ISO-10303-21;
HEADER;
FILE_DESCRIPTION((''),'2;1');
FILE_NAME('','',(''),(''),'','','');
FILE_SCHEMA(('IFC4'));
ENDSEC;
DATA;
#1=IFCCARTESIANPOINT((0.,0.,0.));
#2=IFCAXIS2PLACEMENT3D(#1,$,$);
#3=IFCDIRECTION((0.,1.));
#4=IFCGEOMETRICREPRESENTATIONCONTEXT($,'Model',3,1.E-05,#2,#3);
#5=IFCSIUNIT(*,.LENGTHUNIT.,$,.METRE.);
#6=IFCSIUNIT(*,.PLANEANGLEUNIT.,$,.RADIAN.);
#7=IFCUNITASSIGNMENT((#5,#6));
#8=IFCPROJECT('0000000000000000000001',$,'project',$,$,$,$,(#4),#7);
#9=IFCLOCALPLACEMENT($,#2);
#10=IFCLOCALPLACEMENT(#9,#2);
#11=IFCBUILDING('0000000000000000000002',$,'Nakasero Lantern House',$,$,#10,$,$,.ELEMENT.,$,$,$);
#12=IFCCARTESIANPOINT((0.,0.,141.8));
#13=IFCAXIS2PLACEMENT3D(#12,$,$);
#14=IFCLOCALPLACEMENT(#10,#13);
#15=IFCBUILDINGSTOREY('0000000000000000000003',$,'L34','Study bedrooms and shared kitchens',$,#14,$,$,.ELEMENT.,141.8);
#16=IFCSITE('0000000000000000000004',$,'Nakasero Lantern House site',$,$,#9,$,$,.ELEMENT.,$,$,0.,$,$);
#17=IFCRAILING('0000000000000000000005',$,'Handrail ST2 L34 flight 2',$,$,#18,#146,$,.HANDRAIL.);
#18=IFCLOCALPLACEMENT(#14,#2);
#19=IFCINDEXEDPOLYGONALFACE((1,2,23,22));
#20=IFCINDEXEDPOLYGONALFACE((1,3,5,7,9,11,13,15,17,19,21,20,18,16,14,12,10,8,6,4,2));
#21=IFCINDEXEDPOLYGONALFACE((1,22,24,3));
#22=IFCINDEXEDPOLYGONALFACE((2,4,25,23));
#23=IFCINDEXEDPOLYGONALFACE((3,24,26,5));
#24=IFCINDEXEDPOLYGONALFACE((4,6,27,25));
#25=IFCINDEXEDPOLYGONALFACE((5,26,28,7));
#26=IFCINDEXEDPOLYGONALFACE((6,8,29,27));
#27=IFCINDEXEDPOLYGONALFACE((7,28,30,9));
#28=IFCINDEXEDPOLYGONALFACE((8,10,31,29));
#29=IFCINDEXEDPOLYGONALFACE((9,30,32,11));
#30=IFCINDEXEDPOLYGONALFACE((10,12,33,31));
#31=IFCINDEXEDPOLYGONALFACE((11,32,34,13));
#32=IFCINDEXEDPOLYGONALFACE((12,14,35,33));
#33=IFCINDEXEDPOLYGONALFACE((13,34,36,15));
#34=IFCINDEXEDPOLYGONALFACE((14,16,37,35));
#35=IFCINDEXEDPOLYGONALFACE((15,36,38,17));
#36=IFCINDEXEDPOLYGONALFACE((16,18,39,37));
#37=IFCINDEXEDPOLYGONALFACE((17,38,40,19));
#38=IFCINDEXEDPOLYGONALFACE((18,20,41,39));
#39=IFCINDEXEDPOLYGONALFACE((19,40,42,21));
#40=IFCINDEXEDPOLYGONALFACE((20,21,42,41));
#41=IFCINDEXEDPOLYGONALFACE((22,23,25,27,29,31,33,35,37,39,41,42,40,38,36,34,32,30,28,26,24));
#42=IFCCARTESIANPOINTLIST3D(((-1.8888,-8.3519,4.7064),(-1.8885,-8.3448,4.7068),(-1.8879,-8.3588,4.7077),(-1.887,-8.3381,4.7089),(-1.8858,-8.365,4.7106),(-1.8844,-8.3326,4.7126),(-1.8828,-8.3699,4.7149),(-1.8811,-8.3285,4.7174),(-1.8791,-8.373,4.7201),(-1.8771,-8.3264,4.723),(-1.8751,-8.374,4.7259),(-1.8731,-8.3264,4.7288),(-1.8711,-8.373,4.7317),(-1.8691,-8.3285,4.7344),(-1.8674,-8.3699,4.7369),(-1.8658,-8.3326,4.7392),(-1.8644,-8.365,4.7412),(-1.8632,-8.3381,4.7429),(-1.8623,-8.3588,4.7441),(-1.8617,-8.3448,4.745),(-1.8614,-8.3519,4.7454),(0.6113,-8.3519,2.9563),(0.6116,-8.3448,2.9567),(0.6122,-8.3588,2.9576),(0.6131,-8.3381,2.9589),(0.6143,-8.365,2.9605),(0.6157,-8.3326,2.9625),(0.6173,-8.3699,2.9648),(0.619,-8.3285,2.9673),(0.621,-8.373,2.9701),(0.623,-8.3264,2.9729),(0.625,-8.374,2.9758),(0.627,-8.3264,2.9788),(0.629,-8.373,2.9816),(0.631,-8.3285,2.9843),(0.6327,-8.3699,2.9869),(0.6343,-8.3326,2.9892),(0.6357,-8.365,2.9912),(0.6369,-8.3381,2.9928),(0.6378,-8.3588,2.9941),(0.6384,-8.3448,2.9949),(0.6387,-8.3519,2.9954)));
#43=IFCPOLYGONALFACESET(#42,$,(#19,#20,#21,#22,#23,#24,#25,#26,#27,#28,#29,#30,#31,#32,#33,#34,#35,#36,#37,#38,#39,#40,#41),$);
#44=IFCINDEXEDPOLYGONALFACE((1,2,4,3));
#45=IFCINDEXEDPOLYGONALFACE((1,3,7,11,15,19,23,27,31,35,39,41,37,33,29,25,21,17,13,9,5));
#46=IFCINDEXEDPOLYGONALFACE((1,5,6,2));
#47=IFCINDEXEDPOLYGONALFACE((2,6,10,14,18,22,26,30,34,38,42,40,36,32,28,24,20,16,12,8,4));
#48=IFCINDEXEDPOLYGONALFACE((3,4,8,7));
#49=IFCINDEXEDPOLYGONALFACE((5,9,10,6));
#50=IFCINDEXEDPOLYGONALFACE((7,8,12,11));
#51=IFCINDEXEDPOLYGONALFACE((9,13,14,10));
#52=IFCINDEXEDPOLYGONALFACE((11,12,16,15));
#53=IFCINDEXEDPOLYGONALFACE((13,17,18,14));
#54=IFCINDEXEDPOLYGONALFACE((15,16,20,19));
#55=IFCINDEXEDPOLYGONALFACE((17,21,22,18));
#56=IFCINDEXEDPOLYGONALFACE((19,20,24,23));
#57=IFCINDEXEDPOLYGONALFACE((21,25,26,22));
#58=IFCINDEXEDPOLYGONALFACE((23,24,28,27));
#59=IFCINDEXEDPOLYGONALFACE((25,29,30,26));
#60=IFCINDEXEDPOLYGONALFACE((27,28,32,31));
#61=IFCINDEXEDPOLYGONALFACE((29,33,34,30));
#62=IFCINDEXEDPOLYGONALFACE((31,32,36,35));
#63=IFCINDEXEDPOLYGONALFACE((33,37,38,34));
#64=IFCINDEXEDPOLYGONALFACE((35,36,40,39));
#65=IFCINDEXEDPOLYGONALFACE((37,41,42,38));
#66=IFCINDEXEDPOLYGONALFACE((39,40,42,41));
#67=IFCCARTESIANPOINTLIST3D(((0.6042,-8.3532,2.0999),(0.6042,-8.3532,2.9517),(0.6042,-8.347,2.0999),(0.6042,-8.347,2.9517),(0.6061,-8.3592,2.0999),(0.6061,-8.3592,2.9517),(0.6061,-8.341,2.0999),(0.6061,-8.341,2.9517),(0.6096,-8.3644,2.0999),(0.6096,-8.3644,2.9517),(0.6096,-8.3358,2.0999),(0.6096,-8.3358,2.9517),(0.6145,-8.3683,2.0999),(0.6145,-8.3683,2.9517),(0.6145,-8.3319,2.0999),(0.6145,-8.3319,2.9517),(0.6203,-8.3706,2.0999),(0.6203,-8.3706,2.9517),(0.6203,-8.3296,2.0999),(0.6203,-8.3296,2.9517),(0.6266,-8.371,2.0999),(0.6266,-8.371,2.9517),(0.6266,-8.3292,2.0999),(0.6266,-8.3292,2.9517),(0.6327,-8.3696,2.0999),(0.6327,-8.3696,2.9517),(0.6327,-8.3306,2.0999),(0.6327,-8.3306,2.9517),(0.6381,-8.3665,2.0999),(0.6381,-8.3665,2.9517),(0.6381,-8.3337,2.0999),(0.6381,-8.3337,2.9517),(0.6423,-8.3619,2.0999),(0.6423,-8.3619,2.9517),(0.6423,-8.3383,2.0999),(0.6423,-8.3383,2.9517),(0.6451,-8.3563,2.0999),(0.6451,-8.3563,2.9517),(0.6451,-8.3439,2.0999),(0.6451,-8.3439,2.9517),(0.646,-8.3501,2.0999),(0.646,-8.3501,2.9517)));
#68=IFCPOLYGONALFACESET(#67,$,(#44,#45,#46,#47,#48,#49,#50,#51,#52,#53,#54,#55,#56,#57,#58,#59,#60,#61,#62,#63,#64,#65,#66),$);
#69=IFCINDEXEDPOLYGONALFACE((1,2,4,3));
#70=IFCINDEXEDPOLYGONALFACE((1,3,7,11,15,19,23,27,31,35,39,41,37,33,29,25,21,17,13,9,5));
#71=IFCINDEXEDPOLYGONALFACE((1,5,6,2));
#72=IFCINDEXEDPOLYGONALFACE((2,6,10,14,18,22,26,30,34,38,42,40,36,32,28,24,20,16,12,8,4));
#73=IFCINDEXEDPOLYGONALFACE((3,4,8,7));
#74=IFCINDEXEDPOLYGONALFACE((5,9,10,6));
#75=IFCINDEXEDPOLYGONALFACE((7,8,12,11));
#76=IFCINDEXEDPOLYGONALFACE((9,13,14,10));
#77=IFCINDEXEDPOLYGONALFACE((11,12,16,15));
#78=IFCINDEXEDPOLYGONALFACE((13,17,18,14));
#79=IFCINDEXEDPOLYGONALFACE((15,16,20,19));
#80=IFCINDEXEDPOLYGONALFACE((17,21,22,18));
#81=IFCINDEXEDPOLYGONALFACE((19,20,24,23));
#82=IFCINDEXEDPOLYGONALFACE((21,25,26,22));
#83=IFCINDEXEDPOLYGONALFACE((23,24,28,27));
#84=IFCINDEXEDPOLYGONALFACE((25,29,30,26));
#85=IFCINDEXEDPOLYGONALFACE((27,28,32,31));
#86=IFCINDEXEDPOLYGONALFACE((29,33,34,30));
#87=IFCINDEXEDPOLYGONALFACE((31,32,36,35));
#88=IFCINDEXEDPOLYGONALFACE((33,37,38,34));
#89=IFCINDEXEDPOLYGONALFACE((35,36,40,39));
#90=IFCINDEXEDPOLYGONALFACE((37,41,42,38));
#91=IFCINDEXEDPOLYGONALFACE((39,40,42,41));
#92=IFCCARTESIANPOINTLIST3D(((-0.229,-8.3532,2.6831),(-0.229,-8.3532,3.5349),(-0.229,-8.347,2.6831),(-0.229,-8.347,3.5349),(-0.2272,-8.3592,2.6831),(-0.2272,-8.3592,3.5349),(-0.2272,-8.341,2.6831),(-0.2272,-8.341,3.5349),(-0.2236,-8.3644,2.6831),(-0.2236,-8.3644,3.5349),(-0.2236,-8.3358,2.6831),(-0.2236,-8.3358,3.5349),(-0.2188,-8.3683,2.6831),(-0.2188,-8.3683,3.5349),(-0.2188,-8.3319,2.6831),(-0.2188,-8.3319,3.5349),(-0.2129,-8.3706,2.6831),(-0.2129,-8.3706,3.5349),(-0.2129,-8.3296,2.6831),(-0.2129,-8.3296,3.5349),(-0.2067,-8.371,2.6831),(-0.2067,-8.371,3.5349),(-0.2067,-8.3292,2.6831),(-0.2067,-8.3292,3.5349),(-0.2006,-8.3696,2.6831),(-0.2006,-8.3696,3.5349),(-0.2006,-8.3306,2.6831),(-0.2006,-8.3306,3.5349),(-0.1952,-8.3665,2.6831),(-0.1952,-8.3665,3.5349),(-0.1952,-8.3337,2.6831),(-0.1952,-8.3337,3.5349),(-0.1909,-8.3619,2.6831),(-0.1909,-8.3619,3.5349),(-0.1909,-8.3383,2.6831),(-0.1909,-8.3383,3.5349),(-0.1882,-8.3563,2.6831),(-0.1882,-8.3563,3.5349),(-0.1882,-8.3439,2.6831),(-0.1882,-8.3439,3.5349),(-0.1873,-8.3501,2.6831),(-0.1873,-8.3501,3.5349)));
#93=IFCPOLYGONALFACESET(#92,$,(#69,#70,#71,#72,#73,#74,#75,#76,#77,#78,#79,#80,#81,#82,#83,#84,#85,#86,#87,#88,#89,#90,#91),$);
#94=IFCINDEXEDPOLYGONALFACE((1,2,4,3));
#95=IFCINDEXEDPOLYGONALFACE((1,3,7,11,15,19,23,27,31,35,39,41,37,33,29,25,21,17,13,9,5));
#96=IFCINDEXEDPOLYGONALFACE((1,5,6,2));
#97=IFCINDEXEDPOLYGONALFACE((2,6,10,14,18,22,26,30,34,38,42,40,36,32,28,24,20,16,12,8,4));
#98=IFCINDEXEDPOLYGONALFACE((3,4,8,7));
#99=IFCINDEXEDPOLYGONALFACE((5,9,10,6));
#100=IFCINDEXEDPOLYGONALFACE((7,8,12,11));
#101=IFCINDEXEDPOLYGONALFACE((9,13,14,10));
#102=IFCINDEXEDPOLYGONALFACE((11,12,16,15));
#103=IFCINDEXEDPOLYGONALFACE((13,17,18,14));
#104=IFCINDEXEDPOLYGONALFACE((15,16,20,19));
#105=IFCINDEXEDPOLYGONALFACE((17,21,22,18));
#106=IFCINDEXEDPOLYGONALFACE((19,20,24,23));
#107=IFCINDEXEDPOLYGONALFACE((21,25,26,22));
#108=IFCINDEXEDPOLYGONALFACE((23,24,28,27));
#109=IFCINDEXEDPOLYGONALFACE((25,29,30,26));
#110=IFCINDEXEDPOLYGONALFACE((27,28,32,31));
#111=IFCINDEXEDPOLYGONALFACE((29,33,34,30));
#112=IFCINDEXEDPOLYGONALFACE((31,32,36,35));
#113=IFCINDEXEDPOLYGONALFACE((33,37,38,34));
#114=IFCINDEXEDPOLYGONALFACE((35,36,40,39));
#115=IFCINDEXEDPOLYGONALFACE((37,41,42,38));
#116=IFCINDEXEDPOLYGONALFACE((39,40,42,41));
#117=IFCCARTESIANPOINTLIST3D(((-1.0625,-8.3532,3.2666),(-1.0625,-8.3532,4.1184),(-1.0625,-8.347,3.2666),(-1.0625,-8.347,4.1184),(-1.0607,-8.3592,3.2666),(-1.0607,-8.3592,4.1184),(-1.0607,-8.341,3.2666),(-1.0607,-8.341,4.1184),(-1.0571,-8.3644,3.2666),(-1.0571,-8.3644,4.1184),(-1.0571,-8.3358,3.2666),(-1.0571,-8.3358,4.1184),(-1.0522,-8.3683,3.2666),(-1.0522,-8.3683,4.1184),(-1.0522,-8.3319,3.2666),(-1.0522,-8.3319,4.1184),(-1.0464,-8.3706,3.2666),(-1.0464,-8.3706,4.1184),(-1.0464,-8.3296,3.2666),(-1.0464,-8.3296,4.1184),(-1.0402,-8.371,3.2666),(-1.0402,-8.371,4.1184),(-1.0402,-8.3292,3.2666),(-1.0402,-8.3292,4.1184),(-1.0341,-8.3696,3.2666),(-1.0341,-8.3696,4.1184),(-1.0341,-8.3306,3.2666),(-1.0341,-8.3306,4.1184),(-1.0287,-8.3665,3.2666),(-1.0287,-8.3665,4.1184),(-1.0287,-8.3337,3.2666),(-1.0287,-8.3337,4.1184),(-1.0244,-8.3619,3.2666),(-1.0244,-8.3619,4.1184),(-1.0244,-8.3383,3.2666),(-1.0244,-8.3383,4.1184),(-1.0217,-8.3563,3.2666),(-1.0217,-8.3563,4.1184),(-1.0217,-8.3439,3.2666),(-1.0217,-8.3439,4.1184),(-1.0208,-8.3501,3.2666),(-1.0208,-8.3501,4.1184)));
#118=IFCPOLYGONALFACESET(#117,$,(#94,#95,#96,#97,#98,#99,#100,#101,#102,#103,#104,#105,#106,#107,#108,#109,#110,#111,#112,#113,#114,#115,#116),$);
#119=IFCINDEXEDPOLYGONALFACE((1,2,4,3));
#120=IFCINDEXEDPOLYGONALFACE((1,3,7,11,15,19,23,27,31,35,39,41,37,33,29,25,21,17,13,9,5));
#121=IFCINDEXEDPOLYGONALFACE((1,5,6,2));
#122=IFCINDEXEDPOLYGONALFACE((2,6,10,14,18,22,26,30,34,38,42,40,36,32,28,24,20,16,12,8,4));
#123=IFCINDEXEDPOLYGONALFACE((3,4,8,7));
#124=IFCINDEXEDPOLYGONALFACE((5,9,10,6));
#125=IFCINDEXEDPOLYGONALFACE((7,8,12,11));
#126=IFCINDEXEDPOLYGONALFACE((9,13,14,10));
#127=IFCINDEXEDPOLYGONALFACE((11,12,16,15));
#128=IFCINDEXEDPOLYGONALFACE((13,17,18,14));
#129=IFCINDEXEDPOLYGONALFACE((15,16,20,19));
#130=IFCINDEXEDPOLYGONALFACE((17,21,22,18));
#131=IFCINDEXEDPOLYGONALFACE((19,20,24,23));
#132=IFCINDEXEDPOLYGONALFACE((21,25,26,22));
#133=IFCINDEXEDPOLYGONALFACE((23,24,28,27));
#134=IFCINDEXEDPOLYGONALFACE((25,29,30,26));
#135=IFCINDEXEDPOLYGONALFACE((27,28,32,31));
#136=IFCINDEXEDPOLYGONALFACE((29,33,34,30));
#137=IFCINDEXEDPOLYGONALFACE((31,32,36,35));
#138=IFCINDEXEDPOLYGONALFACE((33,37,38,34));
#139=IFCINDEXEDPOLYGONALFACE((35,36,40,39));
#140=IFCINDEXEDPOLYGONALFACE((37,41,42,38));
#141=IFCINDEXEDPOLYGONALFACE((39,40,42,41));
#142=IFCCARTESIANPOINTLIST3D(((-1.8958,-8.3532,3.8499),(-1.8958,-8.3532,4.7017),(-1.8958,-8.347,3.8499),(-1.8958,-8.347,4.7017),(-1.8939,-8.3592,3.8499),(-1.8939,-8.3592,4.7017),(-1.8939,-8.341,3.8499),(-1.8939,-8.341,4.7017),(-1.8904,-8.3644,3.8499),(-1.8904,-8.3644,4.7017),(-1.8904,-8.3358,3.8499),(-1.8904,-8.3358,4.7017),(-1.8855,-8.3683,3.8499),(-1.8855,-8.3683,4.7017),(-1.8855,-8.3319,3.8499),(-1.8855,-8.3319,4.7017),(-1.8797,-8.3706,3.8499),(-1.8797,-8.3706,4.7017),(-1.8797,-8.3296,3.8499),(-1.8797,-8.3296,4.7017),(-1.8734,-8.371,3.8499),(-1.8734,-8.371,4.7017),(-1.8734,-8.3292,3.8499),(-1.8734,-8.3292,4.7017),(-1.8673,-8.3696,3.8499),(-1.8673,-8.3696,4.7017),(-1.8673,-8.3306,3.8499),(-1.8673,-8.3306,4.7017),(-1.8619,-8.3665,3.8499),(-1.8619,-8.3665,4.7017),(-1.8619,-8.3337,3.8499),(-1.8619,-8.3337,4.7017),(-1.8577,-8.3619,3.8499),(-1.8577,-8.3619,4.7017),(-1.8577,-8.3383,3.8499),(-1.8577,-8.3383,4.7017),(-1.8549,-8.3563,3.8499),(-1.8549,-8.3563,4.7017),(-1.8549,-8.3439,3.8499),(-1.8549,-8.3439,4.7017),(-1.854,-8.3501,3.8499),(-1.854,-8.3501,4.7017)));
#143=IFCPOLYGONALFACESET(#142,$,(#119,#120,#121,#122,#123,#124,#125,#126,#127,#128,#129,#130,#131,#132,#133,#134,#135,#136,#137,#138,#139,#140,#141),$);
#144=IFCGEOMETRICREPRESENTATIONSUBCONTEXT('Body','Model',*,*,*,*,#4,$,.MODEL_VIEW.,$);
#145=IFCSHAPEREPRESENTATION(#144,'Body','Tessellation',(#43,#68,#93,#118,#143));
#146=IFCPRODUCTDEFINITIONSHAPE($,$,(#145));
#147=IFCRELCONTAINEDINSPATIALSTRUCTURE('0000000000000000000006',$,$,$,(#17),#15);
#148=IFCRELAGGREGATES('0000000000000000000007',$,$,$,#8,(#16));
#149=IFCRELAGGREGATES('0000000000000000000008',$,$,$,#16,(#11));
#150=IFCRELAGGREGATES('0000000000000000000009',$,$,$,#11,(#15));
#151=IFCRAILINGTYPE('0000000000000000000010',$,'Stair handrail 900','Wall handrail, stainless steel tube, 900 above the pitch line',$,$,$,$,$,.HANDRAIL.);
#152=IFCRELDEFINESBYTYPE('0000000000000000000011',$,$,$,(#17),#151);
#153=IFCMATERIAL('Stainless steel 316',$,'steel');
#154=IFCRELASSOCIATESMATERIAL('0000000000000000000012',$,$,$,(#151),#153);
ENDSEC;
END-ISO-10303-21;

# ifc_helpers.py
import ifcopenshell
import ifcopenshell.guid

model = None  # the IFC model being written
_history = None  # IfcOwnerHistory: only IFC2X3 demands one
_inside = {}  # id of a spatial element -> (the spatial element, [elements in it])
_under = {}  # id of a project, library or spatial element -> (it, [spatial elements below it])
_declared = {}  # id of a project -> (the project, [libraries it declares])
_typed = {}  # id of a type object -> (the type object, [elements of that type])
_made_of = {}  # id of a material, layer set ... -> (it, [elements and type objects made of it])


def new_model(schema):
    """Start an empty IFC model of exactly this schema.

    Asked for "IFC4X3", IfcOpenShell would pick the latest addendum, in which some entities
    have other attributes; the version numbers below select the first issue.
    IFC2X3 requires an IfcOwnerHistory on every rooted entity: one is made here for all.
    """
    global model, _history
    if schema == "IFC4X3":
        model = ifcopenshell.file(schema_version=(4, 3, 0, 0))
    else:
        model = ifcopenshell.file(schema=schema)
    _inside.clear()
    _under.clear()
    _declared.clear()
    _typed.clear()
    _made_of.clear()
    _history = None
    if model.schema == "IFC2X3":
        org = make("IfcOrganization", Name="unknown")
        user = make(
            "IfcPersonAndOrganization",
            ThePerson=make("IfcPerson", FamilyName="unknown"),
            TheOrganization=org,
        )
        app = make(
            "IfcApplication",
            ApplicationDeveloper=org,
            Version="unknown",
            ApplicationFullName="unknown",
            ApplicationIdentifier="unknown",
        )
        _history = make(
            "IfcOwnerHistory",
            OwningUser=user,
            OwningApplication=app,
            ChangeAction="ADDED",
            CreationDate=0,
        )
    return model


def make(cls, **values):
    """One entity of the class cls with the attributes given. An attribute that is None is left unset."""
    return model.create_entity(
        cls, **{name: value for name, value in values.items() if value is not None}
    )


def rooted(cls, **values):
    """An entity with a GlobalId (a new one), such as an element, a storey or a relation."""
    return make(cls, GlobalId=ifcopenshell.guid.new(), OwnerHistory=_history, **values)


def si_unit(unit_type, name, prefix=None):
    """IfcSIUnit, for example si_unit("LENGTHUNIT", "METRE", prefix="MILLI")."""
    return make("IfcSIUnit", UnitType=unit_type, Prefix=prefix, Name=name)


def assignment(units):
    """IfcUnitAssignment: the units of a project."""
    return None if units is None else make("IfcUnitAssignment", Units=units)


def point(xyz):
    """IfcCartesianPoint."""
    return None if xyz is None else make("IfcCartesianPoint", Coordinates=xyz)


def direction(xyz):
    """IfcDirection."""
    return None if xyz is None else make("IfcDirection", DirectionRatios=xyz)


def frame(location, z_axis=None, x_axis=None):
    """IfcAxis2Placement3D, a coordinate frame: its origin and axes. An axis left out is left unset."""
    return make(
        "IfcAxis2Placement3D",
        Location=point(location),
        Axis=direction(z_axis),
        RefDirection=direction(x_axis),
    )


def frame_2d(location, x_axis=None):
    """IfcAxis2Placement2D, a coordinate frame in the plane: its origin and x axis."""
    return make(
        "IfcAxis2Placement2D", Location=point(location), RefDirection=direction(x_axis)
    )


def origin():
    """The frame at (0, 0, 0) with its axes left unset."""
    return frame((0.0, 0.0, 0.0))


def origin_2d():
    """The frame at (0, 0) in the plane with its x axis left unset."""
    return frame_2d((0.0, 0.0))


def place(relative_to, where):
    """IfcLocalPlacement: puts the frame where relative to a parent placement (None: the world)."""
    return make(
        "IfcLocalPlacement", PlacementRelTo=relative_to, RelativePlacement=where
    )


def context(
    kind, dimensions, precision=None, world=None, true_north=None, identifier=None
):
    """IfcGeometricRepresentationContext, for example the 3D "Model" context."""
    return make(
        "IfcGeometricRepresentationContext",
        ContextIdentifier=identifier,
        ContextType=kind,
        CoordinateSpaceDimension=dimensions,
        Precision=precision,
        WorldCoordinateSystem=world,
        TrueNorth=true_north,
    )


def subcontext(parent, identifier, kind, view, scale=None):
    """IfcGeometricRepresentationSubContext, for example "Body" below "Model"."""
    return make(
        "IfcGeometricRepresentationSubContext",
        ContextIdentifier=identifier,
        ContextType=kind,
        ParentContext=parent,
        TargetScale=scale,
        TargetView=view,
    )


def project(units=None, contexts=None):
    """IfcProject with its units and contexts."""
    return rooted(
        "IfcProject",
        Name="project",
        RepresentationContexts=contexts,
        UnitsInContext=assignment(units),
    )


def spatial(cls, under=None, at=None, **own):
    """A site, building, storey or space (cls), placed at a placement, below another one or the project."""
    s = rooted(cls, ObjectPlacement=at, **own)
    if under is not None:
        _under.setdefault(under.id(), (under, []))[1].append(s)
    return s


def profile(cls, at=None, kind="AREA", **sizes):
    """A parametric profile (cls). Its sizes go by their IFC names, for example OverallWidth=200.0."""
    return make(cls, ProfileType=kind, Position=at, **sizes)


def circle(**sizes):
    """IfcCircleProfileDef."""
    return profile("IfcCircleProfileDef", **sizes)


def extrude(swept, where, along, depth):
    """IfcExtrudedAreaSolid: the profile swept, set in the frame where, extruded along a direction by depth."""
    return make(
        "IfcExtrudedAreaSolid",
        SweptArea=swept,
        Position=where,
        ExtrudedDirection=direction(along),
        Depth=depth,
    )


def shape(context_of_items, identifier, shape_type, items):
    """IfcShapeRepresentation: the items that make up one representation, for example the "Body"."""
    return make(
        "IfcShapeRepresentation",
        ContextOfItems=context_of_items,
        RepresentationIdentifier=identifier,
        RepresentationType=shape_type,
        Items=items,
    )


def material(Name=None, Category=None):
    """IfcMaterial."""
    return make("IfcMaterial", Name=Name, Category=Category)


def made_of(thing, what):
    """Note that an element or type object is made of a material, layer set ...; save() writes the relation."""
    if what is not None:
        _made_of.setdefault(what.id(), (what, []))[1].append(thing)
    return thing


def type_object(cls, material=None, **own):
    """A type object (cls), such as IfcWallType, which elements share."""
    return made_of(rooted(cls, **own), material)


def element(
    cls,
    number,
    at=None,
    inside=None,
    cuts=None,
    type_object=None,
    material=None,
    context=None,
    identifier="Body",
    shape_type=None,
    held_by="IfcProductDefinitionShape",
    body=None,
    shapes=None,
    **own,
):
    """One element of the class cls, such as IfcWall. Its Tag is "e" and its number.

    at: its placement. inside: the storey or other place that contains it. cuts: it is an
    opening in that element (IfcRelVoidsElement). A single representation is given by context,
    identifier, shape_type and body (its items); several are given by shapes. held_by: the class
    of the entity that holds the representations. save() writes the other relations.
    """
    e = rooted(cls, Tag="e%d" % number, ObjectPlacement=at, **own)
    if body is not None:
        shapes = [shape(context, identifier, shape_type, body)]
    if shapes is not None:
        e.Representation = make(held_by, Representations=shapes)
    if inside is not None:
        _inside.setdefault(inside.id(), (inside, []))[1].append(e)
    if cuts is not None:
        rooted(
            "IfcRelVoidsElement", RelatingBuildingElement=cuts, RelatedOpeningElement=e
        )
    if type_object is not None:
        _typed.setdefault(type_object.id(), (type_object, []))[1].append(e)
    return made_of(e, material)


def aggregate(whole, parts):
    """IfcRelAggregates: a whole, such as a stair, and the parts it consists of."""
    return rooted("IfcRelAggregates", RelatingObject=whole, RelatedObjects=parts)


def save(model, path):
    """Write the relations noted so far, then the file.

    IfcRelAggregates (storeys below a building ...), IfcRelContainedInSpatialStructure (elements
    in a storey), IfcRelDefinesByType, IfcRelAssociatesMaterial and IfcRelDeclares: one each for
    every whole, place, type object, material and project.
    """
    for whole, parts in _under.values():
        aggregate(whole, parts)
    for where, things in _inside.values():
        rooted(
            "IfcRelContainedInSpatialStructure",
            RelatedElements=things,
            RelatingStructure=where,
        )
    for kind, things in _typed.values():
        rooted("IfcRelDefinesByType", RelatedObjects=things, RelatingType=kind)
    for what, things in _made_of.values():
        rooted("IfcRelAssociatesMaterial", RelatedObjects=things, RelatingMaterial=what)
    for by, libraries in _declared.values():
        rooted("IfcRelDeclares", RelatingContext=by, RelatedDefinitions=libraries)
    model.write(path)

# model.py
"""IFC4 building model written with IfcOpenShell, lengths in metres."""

from ifc_helpers import new_model, si_unit, direction, frame, origin, origin_2d, place, context, subcontext, project, spatial, circle, extrude, material, type_object, element, save


model = new_model("IFC4")

# Units and contexts
model_context = context("Model", 3, precision=1e-05, world=origin(), true_north=direction((0.0, 1.0)))
body_context = subcontext(model_context, "Body", "Model", "MODEL_VIEW")
ifc_project = project(units=[si_unit("LENGTHUNIT", "METRE"), si_unit("PLANEANGLEUNIT", "RADIAN")], contexts=[model_context])

# Site, building, storey
site_placement = place(None, origin())
site = spatial("IfcSite", under=ifc_project, at=site_placement, Name="Nakasero Lantern House site", CompositionType="ELEMENT", RefElevation=0.0)
building_placement = place(site_placement, origin())
building = spatial("IfcBuilding", under=site, at=building_placement, Name="Nakasero Lantern House", CompositionType="ELEMENT")
storey_placement = place(building_placement, frame((0.0, 0.0, 141.8)))
storey = spatial("IfcBuildingStorey", under=building, at=storey_placement, Name="L34", Description="Study bedrooms and shared kitchens", CompositionType="ELEMENT", Elevation=141.8)

# Railing
ifc_material_1 = material(Name="Stainless steel 316", Category="steel")
railing_type = type_object("IfcRailingType", Name="Stair handrail 900", Description="Wall handrail, stainless steel tube, 900 above the pitch line", PredefinedType="HANDRAIL", material=ifc_material_1)
railing_placement = place(storey_placement, frame((0.625, -8.3501, 2.0999)))
element("IfcRailing", 1, at=railing_placement, inside=storey, type_object=railing_type, Name="Handrail ST2 L34 flight 2", PredefinedType="HANDRAIL", context=body_context, shape_type="SweptSolid", body=[
    extrude(circle(Radius=0.0239, at=origin_2d()), frame((0.0, 0.0, 0.876), z_axis=(-0.819232, 0.0, 0.573462), x_axis=(0.0, -1.0, 0.0)), (0.0, 0.0, 1.0), 3.0518),
    extrude(circle(Radius=0.021, at=origin_2d()), origin(), (0.0, 0.0, 1.0), 0.8518),
    extrude(circle(Radius=0.021, at=origin_2d()), frame((-0.8333, 0.0, 0.5833)), (0.0, 0.0, 1.0), 0.8518),
    extrude(circle(Radius=0.021, at=origin_2d()), frame((-1.6667, 0.0, 1.1667)), (0.0, 0.0, 1.0), 0.8518),
    extrude(circle(Radius=0.021, at=origin_2d()), frame((-2.5, 0.0, 1.75)), (0.0, 0.0, 1.0), 0.8518),
])

save(model, "model.ifc")
